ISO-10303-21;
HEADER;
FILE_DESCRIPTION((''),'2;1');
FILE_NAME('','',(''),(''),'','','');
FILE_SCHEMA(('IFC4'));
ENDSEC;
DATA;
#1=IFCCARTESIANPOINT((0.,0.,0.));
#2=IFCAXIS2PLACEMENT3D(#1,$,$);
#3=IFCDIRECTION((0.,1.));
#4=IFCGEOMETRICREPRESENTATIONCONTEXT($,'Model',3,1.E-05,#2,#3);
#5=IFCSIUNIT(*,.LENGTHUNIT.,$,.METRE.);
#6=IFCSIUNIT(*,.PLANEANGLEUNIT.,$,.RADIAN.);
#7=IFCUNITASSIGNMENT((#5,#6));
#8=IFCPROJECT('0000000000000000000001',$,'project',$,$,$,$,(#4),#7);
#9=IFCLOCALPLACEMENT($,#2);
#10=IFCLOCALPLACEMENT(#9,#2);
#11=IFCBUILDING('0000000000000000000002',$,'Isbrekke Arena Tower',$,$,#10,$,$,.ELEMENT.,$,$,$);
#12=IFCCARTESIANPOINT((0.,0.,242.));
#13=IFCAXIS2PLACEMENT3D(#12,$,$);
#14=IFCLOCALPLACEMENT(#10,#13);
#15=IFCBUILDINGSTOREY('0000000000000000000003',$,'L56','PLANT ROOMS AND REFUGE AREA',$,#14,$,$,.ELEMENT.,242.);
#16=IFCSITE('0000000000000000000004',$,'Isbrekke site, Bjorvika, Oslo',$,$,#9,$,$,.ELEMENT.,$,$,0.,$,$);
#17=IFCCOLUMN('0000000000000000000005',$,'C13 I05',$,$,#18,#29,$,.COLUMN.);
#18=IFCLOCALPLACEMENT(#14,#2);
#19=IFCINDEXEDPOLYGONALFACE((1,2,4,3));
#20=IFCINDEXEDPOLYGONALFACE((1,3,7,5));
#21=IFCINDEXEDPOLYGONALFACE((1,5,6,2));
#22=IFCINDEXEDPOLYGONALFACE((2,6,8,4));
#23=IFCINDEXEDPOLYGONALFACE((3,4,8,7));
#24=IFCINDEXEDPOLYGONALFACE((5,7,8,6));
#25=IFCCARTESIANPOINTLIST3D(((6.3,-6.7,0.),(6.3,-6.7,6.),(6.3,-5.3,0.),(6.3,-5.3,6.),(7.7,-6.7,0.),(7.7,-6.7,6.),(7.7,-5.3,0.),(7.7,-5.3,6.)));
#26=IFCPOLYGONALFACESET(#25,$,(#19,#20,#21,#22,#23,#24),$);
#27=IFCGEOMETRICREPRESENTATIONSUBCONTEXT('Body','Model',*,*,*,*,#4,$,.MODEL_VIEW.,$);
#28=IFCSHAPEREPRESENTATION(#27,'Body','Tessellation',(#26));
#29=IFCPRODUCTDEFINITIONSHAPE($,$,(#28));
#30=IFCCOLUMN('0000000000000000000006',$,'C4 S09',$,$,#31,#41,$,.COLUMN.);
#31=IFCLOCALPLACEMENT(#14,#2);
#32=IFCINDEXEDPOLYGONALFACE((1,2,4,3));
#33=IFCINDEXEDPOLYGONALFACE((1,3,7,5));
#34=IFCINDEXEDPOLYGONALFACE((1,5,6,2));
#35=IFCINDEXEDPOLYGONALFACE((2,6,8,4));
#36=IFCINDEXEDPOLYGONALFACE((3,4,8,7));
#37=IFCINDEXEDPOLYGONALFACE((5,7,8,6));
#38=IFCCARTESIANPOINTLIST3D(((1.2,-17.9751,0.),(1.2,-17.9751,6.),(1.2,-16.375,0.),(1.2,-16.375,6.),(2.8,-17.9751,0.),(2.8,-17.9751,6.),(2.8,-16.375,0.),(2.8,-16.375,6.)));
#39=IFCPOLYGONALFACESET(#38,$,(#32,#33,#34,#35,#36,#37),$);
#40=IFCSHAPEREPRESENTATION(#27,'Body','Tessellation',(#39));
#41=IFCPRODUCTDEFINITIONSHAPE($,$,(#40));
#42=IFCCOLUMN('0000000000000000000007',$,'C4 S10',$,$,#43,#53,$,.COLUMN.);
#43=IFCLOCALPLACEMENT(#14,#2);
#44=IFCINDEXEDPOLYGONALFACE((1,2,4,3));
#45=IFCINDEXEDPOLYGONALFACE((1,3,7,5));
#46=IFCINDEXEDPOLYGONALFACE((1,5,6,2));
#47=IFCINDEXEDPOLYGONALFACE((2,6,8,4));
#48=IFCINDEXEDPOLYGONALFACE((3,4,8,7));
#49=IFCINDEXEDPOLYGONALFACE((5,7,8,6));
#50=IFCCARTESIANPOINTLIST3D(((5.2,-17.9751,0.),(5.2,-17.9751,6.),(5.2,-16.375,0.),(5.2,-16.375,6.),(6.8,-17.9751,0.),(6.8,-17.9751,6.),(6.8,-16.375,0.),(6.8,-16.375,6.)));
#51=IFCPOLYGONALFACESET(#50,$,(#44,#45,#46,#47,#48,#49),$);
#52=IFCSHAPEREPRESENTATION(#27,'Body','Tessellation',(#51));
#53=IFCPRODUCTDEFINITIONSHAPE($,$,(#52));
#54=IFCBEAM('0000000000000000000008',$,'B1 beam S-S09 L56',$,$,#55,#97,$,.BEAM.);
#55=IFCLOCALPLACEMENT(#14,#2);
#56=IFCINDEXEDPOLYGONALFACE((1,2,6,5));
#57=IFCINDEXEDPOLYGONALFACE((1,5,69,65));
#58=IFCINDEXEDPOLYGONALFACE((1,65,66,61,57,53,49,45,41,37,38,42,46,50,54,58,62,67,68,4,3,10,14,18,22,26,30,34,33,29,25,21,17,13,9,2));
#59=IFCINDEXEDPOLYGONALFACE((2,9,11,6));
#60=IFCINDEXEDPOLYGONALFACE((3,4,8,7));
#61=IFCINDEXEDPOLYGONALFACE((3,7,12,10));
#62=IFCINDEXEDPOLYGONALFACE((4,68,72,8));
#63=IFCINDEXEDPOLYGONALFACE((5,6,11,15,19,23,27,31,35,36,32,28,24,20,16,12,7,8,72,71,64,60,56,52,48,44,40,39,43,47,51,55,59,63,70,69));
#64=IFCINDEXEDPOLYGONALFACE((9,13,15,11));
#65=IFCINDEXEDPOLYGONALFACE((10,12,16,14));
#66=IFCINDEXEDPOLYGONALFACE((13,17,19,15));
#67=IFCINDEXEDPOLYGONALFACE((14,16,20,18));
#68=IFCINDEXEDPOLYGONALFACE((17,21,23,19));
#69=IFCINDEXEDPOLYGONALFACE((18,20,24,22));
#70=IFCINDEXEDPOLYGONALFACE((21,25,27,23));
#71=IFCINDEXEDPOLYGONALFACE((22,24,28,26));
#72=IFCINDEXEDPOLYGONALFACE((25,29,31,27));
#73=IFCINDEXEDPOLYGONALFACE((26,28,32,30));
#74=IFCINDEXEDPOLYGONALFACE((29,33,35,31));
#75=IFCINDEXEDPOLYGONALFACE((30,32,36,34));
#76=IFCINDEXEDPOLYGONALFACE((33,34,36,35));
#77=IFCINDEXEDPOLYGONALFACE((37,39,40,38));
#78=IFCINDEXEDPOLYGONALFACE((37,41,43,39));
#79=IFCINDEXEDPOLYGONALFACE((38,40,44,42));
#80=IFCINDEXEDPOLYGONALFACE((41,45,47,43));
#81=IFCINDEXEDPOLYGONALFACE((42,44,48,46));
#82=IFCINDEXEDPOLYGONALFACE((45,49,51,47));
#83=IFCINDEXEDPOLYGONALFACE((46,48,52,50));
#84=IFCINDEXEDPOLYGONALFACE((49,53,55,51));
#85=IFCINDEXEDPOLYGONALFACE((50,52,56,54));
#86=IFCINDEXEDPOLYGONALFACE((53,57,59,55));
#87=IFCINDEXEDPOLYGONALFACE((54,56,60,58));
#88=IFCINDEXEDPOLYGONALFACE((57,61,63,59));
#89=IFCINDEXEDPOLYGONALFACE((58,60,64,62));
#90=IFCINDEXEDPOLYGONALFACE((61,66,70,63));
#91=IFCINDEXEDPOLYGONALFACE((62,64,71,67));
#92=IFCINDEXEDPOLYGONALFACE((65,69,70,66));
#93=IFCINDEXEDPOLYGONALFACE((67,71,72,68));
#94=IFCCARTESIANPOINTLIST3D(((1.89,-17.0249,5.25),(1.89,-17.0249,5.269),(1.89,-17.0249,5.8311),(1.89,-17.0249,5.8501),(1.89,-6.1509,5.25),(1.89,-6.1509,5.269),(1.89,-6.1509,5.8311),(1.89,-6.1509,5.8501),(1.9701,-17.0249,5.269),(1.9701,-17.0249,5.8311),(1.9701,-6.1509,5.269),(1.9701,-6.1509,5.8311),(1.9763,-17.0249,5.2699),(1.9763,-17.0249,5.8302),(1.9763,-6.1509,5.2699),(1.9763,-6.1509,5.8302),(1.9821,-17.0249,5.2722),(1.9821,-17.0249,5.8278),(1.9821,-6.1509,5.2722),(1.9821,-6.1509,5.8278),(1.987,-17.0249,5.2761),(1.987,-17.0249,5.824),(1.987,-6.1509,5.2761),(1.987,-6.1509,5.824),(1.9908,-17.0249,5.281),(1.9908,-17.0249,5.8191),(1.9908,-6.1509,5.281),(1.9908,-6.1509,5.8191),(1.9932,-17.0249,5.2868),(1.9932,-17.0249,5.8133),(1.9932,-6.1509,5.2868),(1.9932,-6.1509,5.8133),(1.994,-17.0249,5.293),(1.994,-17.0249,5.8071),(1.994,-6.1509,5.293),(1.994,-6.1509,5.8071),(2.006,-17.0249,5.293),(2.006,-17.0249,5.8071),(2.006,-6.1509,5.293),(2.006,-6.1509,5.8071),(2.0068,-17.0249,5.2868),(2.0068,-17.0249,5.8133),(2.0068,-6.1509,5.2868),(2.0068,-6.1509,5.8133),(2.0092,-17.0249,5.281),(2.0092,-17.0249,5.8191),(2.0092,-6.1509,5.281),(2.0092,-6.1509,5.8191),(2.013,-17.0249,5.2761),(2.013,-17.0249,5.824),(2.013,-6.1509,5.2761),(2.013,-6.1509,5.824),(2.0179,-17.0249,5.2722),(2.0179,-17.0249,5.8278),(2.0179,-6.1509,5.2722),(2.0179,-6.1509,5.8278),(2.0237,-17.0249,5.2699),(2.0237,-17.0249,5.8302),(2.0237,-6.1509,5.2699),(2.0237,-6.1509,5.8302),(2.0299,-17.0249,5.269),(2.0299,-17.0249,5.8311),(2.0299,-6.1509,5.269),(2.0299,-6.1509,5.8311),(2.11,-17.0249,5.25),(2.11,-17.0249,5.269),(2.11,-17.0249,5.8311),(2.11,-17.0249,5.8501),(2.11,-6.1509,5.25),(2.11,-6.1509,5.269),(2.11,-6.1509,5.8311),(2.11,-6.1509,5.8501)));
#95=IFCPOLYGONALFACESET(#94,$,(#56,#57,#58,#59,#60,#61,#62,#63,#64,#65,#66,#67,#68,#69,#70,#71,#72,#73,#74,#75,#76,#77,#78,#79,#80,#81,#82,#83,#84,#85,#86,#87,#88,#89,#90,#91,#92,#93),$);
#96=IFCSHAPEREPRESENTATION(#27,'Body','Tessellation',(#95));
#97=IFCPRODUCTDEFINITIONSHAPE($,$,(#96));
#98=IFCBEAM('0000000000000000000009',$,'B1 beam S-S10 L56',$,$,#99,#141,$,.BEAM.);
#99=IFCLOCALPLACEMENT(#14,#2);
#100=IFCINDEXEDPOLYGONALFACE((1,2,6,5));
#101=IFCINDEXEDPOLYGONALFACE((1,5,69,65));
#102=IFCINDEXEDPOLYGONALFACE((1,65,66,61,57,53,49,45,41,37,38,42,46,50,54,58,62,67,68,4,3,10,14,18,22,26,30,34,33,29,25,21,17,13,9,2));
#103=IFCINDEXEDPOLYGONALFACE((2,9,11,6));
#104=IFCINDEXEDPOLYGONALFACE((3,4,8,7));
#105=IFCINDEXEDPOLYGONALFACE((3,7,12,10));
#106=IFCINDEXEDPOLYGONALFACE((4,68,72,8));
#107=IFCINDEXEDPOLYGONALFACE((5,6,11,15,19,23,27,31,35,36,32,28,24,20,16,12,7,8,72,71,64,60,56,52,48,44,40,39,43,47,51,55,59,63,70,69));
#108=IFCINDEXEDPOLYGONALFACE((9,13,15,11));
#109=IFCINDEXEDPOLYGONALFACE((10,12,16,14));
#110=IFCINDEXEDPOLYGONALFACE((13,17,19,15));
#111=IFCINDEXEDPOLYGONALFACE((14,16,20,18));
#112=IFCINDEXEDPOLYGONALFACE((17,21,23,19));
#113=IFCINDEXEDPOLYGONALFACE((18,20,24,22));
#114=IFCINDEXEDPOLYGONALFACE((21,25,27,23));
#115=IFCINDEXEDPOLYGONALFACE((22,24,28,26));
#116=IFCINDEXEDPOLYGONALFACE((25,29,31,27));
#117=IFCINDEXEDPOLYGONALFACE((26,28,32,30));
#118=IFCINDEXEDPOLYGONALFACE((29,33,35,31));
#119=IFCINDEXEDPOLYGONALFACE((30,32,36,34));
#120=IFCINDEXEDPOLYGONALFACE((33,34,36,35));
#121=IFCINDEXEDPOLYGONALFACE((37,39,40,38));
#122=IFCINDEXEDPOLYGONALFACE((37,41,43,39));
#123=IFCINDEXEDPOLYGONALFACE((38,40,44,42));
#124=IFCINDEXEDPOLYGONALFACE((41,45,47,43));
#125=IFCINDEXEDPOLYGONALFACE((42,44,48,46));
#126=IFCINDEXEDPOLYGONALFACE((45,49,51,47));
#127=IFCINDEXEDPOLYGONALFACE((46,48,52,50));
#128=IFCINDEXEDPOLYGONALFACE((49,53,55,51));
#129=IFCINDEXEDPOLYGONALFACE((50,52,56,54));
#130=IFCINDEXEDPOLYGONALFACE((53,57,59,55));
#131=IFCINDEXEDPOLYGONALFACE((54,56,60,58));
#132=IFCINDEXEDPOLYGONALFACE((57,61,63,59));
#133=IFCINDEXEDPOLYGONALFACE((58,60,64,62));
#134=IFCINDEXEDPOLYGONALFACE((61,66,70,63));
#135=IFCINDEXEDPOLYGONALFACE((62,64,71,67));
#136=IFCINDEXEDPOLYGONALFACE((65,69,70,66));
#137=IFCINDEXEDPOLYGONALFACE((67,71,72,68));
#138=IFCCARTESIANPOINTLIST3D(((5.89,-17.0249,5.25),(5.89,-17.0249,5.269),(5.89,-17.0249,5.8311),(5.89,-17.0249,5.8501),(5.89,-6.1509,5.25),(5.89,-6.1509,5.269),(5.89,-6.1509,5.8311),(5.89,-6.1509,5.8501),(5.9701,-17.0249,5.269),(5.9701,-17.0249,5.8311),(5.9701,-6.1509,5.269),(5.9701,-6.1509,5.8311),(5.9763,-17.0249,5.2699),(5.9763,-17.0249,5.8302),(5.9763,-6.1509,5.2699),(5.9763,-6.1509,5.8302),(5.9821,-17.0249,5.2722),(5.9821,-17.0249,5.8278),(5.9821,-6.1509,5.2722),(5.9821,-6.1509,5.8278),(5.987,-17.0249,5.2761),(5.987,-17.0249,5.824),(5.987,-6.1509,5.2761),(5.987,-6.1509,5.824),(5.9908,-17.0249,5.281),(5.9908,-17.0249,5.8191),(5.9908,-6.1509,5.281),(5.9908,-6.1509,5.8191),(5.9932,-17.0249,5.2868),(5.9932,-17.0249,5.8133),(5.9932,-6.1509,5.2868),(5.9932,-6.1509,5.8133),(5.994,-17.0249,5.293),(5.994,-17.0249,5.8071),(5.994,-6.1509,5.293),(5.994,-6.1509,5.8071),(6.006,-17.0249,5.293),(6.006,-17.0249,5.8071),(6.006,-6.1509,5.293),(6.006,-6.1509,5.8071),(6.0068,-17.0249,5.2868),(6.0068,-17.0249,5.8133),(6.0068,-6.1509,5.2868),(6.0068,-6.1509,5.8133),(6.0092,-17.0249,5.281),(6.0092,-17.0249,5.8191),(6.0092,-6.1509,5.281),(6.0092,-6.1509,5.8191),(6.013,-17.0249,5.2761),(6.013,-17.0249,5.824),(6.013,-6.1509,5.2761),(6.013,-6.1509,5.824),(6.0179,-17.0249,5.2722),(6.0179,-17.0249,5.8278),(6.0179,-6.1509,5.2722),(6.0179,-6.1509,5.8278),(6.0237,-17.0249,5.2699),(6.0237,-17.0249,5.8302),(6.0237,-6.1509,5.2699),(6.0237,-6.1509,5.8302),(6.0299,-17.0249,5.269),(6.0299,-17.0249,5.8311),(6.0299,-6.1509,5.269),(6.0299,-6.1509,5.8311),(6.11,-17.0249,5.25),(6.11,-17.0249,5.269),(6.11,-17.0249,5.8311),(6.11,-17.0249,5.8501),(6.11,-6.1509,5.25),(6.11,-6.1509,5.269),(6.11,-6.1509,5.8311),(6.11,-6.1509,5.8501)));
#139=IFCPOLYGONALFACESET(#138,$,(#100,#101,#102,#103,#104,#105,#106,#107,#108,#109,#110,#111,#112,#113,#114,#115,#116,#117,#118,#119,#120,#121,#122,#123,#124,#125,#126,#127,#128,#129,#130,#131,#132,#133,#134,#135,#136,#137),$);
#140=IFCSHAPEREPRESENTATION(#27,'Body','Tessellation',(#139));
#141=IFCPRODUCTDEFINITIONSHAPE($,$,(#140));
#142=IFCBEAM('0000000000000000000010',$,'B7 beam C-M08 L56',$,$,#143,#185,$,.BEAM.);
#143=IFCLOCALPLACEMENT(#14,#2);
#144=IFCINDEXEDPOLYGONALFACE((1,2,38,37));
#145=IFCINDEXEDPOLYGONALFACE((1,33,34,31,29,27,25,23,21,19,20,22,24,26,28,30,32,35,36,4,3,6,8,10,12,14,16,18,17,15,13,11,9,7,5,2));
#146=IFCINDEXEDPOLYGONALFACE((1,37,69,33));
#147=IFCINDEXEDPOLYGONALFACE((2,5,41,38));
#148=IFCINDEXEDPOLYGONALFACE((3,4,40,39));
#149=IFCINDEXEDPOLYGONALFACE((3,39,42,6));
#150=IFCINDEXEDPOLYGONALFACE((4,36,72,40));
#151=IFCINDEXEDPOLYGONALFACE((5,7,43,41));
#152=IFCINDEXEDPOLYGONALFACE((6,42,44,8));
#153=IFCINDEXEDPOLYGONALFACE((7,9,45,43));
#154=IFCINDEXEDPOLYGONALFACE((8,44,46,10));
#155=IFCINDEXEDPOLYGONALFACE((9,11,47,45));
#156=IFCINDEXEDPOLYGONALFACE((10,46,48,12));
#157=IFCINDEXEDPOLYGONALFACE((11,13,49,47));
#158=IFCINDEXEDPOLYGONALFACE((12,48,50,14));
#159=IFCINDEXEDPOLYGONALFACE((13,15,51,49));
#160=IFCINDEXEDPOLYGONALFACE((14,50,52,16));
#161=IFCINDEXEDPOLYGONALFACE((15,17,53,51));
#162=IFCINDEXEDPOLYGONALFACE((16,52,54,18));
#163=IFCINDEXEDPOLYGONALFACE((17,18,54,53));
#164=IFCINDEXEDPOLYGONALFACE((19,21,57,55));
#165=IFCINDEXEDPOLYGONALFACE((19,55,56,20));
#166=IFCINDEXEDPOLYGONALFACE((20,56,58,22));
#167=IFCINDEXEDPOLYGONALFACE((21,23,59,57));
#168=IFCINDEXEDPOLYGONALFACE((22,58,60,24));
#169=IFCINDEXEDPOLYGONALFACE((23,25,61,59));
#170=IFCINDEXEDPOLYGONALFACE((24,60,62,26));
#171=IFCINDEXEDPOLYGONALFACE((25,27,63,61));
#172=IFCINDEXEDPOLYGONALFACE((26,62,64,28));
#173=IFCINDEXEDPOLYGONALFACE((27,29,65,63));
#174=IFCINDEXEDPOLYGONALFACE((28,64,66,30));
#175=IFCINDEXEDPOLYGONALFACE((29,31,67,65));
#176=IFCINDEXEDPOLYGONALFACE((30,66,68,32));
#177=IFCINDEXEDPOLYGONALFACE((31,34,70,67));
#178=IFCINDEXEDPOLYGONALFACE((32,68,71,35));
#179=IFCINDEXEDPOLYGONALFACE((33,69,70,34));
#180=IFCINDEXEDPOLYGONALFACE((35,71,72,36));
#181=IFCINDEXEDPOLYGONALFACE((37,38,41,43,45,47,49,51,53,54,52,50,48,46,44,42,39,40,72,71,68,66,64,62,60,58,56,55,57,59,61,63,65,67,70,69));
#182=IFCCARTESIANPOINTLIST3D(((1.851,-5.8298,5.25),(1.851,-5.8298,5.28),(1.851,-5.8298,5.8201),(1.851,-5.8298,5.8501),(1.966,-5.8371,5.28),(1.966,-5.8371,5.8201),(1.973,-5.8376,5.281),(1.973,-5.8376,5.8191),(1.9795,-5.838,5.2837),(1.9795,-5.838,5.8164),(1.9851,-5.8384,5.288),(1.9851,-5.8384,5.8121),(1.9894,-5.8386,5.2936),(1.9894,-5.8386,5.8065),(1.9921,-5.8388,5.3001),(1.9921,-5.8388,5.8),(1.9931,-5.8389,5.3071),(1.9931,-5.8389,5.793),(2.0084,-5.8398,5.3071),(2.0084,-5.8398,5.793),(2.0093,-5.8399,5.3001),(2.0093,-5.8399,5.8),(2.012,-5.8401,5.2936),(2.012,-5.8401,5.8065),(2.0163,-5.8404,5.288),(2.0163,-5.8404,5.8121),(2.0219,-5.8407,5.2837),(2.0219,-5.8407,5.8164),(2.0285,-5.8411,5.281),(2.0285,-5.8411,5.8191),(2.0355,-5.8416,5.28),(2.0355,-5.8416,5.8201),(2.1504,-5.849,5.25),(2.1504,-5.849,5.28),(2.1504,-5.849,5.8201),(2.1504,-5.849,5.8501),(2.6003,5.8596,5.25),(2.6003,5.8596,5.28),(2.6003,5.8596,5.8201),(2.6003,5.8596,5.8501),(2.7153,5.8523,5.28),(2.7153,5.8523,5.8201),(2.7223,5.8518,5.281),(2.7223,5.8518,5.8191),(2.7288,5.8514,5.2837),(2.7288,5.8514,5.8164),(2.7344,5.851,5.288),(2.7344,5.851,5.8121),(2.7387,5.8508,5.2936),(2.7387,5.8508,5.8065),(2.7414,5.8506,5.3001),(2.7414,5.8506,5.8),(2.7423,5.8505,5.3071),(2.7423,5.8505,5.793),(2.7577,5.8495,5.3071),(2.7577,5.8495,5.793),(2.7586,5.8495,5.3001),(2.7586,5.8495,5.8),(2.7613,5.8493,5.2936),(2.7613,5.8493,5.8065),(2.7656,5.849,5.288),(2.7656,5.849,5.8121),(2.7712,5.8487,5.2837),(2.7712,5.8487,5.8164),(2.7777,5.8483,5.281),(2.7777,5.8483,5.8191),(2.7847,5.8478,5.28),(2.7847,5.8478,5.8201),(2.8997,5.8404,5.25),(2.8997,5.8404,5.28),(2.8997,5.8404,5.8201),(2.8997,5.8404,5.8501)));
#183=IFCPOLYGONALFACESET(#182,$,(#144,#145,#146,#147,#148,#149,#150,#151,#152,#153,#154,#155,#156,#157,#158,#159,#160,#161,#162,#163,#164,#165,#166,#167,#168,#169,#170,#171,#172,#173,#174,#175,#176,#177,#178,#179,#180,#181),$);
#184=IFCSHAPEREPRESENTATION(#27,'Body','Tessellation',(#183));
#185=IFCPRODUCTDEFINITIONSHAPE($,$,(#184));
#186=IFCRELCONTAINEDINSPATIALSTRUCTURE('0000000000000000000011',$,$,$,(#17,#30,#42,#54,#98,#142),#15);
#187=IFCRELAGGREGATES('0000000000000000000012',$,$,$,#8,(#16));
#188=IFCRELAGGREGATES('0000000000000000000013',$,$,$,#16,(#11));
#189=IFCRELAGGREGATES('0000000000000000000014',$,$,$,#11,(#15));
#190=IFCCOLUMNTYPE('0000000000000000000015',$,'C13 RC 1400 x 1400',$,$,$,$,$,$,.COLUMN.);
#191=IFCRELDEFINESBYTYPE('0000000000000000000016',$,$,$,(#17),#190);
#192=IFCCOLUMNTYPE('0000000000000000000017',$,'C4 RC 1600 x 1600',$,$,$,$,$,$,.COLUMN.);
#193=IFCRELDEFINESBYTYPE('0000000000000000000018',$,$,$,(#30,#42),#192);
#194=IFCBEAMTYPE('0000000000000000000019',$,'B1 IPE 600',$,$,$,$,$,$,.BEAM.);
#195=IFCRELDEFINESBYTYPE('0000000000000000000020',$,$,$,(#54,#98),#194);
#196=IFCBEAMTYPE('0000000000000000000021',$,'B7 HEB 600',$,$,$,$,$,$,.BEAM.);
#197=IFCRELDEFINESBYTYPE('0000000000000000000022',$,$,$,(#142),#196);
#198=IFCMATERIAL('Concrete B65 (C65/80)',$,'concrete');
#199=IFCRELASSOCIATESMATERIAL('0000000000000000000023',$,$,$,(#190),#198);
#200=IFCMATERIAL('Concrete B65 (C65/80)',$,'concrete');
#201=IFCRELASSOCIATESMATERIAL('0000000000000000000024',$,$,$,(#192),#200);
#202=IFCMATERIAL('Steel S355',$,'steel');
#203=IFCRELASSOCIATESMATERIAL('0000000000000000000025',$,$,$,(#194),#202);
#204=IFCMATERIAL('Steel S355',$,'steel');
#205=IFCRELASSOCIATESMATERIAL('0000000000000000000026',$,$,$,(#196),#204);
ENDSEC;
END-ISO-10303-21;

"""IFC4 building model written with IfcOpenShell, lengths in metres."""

from ifc_helpers import new_model, si_unit, direction, frame, origin, origin_2d, place, context, subcontext, project, spatial, rectangle, i_section, extrude, material, material_profile, profile_set, type_object, element, save


model = new_model("IFC4")

# Units and contexts
model_context = context("Model", 3, precision=1e-05, world=origin(), true_north=direction((0.0, 1.0)))
body_context = subcontext(model_context, "Body", "Model", "MODEL_VIEW")
ifc_project = project(units=[si_unit("LENGTHUNIT", "METRE"), si_unit("PLANEANGLEUNIT", "RADIAN")], contexts=[model_context])

# Site, building, storey
site_placement = place(None, origin())
site = spatial("IfcSite", under=ifc_project, at=site_placement, Name="Isbrekke site, Bjorvika, Oslo", CompositionType="ELEMENT", RefElevation=0.0)
building_placement = place(site_placement, origin())
building = spatial("IfcBuilding", under=site, at=building_placement, Name="Isbrekke Arena Tower", CompositionType="ELEMENT")
storey_placement = place(building_placement, frame((0.0, 0.0, 242.0)))
storey = spatial("IfcBuildingStorey", under=building, at=storey_placement, Name="L56", Description="PLANT ROOMS AND REFUGE AREA", CompositionType="ELEMENT", Elevation=242.0)

# Columns
ifc_material_1 = material(Name="Concrete B65 (C65/80)", Category="concrete")
ifc_material_profile_1 = material_profile(ifc_material_1, rectangle(XDim=1.3999, YDim=1.3999, at=origin_2d()), Name="RC 1400x1400")
ifc_profile_set_1 = profile_set([ifc_material_profile_1], Name="Concrete B65 (C65/80)")
column_type_1 = type_object("IfcColumnType", Name="C13 RC 1400 x 1400", PredefinedType="COLUMN", material=ifc_profile_set_1)
column_placement = place(storey_placement, frame((7.0, -6.0, 0.0), z_axis=(0.0, 0.0, 1.0), x_axis=(1.0, 0.0, 0.0)))
element("IfcColumn", 1, at=column_placement, inside=storey, type_object=column_type_1, Name="C13 I05", PredefinedType="COLUMN", context=body_context, shape_type="SweptSolid", body=[
    extrude(rectangle(XDim=1.3999, YDim=1.3999, at=origin_2d()), origin(), (0.0, 0.0, 1.0), 6.0),
])
ifc_material_2 = material(Name="Concrete B65 (C65/80)", Category="concrete")
ifc_material_profile_2 = material_profile(ifc_material_2, rectangle(XDim=1.6001, YDim=1.6001, at=origin_2d()), Name="RC 1600x1600")
ifc_profile_set_2 = profile_set([ifc_material_profile_2], Name="Concrete B65 (C65/80)")
column_type_2 = type_object("IfcColumnType", Name="C4 RC 1600 x 1600", PredefinedType="COLUMN", material=ifc_profile_set_2)
for number, where, z_axis, x_axis, name in (
    (2, (2.0, -17.175, 0.0), (0.0, 0.0, 1.0), (1.0, 0.0, 0.0), "C4 S09"),
    (3, (6.0, -17.175, 0.0), (0.0, 0.0, 1.0), (1.0, 0.0, 0.0), "C4 S10"),
):
    element("IfcColumn", number, at=place(storey_placement, frame(where, z_axis=z_axis, x_axis=x_axis)), inside=storey, type_object=column_type_2, Name=name, PredefinedType="COLUMN", context=body_context, shape_type="SweptSolid", body=[
        extrude(rectangle(XDim=1.6001, YDim=1.6001, at=origin_2d()), origin(), (0.0, 0.0, 1.0), 6.0),
    ])

# Beams
ifc_material_3 = material(Name="Steel S355", Category="steel")
ifc_material_profile_3 = material_profile(ifc_material_3, i_section(OverallWidth=0.22, OverallDepth=0.6001, WebThickness=0.012, FlangeThickness=0.019, FilletRadius=0.0239, at=origin_2d()), Name="IPE 600")
ifc_profile_set_3 = profile_set([ifc_material_profile_3], Name="Steel S355")
beam_type_1 = type_object("IfcBeamType", Name="B1 IPE 600", PredefinedType="BEAM", material=ifc_profile_set_3)
for number, where, z_axis, x_axis, name in (
    (4, (2.0, -17.0249, 5.55), (0.0, 1.0, 0.0), (-1.0, 0.0, 0.0), "B1 beam S-S09 L56"),
    (5, (6.0, -17.0249, 5.55), (0.0, 1.0, 0.0), (-1.0, 0.0, 0.0), "B1 beam S-S10 L56"),
):
    element("IfcBeam", number, at=place(storey_placement, frame(where, z_axis=z_axis, x_axis=x_axis)), inside=storey, type_object=beam_type_1, Name=name, PredefinedType="BEAM", context=body_context, shape_type="SweptSolid", body=[
        extrude(i_section(OverallWidth=0.22, OverallDepth=0.6001, WebThickness=0.012, FlangeThickness=0.019, FilletRadius=0.0239, at=origin_2d()), origin(), (0.0, 0.0, 1.0), 10.874),
    ])
ifc_material_4 = material(Name="Steel S355", Category="steel")
ifc_material_profile_4 = material_profile(ifc_material_4, i_section(OverallWidth=0.3, OverallDepth=0.6001, WebThickness=0.0154, FlangeThickness=0.03, FilletRadius=0.0271, at=origin_2d()), Name="HEB 600")
ifc_profile_set_4 = profile_set([ifc_material_profile_4], Name="Steel S355")
beam_type_2 = type_object("IfcBeamType", Name="B7 HEB 600", PredefinedType="BEAM", material=ifc_profile_set_4)
beam_1_placement = place(storey_placement, frame((2.0007, -5.8394, 5.55), z_axis=(0.063966, 0.997952, 0.0), x_axis=(-0.997952, 0.063966, 0.0)))
element("IfcBeam", 6, at=beam_1_placement, inside=storey, type_object=beam_type_2, Name="B7 beam C-M08 L56", PredefinedType="BEAM", context=body_context, shape_type="SweptSolid", body=[
    extrude(i_section(OverallWidth=0.3, OverallDepth=0.6001, WebThickness=0.0154, FlangeThickness=0.03, FilletRadius=0.0271, at=origin_2d()), origin(), (0.0, 0.0, 1.0), 11.7134),
])

save(model, "model.ifc")
